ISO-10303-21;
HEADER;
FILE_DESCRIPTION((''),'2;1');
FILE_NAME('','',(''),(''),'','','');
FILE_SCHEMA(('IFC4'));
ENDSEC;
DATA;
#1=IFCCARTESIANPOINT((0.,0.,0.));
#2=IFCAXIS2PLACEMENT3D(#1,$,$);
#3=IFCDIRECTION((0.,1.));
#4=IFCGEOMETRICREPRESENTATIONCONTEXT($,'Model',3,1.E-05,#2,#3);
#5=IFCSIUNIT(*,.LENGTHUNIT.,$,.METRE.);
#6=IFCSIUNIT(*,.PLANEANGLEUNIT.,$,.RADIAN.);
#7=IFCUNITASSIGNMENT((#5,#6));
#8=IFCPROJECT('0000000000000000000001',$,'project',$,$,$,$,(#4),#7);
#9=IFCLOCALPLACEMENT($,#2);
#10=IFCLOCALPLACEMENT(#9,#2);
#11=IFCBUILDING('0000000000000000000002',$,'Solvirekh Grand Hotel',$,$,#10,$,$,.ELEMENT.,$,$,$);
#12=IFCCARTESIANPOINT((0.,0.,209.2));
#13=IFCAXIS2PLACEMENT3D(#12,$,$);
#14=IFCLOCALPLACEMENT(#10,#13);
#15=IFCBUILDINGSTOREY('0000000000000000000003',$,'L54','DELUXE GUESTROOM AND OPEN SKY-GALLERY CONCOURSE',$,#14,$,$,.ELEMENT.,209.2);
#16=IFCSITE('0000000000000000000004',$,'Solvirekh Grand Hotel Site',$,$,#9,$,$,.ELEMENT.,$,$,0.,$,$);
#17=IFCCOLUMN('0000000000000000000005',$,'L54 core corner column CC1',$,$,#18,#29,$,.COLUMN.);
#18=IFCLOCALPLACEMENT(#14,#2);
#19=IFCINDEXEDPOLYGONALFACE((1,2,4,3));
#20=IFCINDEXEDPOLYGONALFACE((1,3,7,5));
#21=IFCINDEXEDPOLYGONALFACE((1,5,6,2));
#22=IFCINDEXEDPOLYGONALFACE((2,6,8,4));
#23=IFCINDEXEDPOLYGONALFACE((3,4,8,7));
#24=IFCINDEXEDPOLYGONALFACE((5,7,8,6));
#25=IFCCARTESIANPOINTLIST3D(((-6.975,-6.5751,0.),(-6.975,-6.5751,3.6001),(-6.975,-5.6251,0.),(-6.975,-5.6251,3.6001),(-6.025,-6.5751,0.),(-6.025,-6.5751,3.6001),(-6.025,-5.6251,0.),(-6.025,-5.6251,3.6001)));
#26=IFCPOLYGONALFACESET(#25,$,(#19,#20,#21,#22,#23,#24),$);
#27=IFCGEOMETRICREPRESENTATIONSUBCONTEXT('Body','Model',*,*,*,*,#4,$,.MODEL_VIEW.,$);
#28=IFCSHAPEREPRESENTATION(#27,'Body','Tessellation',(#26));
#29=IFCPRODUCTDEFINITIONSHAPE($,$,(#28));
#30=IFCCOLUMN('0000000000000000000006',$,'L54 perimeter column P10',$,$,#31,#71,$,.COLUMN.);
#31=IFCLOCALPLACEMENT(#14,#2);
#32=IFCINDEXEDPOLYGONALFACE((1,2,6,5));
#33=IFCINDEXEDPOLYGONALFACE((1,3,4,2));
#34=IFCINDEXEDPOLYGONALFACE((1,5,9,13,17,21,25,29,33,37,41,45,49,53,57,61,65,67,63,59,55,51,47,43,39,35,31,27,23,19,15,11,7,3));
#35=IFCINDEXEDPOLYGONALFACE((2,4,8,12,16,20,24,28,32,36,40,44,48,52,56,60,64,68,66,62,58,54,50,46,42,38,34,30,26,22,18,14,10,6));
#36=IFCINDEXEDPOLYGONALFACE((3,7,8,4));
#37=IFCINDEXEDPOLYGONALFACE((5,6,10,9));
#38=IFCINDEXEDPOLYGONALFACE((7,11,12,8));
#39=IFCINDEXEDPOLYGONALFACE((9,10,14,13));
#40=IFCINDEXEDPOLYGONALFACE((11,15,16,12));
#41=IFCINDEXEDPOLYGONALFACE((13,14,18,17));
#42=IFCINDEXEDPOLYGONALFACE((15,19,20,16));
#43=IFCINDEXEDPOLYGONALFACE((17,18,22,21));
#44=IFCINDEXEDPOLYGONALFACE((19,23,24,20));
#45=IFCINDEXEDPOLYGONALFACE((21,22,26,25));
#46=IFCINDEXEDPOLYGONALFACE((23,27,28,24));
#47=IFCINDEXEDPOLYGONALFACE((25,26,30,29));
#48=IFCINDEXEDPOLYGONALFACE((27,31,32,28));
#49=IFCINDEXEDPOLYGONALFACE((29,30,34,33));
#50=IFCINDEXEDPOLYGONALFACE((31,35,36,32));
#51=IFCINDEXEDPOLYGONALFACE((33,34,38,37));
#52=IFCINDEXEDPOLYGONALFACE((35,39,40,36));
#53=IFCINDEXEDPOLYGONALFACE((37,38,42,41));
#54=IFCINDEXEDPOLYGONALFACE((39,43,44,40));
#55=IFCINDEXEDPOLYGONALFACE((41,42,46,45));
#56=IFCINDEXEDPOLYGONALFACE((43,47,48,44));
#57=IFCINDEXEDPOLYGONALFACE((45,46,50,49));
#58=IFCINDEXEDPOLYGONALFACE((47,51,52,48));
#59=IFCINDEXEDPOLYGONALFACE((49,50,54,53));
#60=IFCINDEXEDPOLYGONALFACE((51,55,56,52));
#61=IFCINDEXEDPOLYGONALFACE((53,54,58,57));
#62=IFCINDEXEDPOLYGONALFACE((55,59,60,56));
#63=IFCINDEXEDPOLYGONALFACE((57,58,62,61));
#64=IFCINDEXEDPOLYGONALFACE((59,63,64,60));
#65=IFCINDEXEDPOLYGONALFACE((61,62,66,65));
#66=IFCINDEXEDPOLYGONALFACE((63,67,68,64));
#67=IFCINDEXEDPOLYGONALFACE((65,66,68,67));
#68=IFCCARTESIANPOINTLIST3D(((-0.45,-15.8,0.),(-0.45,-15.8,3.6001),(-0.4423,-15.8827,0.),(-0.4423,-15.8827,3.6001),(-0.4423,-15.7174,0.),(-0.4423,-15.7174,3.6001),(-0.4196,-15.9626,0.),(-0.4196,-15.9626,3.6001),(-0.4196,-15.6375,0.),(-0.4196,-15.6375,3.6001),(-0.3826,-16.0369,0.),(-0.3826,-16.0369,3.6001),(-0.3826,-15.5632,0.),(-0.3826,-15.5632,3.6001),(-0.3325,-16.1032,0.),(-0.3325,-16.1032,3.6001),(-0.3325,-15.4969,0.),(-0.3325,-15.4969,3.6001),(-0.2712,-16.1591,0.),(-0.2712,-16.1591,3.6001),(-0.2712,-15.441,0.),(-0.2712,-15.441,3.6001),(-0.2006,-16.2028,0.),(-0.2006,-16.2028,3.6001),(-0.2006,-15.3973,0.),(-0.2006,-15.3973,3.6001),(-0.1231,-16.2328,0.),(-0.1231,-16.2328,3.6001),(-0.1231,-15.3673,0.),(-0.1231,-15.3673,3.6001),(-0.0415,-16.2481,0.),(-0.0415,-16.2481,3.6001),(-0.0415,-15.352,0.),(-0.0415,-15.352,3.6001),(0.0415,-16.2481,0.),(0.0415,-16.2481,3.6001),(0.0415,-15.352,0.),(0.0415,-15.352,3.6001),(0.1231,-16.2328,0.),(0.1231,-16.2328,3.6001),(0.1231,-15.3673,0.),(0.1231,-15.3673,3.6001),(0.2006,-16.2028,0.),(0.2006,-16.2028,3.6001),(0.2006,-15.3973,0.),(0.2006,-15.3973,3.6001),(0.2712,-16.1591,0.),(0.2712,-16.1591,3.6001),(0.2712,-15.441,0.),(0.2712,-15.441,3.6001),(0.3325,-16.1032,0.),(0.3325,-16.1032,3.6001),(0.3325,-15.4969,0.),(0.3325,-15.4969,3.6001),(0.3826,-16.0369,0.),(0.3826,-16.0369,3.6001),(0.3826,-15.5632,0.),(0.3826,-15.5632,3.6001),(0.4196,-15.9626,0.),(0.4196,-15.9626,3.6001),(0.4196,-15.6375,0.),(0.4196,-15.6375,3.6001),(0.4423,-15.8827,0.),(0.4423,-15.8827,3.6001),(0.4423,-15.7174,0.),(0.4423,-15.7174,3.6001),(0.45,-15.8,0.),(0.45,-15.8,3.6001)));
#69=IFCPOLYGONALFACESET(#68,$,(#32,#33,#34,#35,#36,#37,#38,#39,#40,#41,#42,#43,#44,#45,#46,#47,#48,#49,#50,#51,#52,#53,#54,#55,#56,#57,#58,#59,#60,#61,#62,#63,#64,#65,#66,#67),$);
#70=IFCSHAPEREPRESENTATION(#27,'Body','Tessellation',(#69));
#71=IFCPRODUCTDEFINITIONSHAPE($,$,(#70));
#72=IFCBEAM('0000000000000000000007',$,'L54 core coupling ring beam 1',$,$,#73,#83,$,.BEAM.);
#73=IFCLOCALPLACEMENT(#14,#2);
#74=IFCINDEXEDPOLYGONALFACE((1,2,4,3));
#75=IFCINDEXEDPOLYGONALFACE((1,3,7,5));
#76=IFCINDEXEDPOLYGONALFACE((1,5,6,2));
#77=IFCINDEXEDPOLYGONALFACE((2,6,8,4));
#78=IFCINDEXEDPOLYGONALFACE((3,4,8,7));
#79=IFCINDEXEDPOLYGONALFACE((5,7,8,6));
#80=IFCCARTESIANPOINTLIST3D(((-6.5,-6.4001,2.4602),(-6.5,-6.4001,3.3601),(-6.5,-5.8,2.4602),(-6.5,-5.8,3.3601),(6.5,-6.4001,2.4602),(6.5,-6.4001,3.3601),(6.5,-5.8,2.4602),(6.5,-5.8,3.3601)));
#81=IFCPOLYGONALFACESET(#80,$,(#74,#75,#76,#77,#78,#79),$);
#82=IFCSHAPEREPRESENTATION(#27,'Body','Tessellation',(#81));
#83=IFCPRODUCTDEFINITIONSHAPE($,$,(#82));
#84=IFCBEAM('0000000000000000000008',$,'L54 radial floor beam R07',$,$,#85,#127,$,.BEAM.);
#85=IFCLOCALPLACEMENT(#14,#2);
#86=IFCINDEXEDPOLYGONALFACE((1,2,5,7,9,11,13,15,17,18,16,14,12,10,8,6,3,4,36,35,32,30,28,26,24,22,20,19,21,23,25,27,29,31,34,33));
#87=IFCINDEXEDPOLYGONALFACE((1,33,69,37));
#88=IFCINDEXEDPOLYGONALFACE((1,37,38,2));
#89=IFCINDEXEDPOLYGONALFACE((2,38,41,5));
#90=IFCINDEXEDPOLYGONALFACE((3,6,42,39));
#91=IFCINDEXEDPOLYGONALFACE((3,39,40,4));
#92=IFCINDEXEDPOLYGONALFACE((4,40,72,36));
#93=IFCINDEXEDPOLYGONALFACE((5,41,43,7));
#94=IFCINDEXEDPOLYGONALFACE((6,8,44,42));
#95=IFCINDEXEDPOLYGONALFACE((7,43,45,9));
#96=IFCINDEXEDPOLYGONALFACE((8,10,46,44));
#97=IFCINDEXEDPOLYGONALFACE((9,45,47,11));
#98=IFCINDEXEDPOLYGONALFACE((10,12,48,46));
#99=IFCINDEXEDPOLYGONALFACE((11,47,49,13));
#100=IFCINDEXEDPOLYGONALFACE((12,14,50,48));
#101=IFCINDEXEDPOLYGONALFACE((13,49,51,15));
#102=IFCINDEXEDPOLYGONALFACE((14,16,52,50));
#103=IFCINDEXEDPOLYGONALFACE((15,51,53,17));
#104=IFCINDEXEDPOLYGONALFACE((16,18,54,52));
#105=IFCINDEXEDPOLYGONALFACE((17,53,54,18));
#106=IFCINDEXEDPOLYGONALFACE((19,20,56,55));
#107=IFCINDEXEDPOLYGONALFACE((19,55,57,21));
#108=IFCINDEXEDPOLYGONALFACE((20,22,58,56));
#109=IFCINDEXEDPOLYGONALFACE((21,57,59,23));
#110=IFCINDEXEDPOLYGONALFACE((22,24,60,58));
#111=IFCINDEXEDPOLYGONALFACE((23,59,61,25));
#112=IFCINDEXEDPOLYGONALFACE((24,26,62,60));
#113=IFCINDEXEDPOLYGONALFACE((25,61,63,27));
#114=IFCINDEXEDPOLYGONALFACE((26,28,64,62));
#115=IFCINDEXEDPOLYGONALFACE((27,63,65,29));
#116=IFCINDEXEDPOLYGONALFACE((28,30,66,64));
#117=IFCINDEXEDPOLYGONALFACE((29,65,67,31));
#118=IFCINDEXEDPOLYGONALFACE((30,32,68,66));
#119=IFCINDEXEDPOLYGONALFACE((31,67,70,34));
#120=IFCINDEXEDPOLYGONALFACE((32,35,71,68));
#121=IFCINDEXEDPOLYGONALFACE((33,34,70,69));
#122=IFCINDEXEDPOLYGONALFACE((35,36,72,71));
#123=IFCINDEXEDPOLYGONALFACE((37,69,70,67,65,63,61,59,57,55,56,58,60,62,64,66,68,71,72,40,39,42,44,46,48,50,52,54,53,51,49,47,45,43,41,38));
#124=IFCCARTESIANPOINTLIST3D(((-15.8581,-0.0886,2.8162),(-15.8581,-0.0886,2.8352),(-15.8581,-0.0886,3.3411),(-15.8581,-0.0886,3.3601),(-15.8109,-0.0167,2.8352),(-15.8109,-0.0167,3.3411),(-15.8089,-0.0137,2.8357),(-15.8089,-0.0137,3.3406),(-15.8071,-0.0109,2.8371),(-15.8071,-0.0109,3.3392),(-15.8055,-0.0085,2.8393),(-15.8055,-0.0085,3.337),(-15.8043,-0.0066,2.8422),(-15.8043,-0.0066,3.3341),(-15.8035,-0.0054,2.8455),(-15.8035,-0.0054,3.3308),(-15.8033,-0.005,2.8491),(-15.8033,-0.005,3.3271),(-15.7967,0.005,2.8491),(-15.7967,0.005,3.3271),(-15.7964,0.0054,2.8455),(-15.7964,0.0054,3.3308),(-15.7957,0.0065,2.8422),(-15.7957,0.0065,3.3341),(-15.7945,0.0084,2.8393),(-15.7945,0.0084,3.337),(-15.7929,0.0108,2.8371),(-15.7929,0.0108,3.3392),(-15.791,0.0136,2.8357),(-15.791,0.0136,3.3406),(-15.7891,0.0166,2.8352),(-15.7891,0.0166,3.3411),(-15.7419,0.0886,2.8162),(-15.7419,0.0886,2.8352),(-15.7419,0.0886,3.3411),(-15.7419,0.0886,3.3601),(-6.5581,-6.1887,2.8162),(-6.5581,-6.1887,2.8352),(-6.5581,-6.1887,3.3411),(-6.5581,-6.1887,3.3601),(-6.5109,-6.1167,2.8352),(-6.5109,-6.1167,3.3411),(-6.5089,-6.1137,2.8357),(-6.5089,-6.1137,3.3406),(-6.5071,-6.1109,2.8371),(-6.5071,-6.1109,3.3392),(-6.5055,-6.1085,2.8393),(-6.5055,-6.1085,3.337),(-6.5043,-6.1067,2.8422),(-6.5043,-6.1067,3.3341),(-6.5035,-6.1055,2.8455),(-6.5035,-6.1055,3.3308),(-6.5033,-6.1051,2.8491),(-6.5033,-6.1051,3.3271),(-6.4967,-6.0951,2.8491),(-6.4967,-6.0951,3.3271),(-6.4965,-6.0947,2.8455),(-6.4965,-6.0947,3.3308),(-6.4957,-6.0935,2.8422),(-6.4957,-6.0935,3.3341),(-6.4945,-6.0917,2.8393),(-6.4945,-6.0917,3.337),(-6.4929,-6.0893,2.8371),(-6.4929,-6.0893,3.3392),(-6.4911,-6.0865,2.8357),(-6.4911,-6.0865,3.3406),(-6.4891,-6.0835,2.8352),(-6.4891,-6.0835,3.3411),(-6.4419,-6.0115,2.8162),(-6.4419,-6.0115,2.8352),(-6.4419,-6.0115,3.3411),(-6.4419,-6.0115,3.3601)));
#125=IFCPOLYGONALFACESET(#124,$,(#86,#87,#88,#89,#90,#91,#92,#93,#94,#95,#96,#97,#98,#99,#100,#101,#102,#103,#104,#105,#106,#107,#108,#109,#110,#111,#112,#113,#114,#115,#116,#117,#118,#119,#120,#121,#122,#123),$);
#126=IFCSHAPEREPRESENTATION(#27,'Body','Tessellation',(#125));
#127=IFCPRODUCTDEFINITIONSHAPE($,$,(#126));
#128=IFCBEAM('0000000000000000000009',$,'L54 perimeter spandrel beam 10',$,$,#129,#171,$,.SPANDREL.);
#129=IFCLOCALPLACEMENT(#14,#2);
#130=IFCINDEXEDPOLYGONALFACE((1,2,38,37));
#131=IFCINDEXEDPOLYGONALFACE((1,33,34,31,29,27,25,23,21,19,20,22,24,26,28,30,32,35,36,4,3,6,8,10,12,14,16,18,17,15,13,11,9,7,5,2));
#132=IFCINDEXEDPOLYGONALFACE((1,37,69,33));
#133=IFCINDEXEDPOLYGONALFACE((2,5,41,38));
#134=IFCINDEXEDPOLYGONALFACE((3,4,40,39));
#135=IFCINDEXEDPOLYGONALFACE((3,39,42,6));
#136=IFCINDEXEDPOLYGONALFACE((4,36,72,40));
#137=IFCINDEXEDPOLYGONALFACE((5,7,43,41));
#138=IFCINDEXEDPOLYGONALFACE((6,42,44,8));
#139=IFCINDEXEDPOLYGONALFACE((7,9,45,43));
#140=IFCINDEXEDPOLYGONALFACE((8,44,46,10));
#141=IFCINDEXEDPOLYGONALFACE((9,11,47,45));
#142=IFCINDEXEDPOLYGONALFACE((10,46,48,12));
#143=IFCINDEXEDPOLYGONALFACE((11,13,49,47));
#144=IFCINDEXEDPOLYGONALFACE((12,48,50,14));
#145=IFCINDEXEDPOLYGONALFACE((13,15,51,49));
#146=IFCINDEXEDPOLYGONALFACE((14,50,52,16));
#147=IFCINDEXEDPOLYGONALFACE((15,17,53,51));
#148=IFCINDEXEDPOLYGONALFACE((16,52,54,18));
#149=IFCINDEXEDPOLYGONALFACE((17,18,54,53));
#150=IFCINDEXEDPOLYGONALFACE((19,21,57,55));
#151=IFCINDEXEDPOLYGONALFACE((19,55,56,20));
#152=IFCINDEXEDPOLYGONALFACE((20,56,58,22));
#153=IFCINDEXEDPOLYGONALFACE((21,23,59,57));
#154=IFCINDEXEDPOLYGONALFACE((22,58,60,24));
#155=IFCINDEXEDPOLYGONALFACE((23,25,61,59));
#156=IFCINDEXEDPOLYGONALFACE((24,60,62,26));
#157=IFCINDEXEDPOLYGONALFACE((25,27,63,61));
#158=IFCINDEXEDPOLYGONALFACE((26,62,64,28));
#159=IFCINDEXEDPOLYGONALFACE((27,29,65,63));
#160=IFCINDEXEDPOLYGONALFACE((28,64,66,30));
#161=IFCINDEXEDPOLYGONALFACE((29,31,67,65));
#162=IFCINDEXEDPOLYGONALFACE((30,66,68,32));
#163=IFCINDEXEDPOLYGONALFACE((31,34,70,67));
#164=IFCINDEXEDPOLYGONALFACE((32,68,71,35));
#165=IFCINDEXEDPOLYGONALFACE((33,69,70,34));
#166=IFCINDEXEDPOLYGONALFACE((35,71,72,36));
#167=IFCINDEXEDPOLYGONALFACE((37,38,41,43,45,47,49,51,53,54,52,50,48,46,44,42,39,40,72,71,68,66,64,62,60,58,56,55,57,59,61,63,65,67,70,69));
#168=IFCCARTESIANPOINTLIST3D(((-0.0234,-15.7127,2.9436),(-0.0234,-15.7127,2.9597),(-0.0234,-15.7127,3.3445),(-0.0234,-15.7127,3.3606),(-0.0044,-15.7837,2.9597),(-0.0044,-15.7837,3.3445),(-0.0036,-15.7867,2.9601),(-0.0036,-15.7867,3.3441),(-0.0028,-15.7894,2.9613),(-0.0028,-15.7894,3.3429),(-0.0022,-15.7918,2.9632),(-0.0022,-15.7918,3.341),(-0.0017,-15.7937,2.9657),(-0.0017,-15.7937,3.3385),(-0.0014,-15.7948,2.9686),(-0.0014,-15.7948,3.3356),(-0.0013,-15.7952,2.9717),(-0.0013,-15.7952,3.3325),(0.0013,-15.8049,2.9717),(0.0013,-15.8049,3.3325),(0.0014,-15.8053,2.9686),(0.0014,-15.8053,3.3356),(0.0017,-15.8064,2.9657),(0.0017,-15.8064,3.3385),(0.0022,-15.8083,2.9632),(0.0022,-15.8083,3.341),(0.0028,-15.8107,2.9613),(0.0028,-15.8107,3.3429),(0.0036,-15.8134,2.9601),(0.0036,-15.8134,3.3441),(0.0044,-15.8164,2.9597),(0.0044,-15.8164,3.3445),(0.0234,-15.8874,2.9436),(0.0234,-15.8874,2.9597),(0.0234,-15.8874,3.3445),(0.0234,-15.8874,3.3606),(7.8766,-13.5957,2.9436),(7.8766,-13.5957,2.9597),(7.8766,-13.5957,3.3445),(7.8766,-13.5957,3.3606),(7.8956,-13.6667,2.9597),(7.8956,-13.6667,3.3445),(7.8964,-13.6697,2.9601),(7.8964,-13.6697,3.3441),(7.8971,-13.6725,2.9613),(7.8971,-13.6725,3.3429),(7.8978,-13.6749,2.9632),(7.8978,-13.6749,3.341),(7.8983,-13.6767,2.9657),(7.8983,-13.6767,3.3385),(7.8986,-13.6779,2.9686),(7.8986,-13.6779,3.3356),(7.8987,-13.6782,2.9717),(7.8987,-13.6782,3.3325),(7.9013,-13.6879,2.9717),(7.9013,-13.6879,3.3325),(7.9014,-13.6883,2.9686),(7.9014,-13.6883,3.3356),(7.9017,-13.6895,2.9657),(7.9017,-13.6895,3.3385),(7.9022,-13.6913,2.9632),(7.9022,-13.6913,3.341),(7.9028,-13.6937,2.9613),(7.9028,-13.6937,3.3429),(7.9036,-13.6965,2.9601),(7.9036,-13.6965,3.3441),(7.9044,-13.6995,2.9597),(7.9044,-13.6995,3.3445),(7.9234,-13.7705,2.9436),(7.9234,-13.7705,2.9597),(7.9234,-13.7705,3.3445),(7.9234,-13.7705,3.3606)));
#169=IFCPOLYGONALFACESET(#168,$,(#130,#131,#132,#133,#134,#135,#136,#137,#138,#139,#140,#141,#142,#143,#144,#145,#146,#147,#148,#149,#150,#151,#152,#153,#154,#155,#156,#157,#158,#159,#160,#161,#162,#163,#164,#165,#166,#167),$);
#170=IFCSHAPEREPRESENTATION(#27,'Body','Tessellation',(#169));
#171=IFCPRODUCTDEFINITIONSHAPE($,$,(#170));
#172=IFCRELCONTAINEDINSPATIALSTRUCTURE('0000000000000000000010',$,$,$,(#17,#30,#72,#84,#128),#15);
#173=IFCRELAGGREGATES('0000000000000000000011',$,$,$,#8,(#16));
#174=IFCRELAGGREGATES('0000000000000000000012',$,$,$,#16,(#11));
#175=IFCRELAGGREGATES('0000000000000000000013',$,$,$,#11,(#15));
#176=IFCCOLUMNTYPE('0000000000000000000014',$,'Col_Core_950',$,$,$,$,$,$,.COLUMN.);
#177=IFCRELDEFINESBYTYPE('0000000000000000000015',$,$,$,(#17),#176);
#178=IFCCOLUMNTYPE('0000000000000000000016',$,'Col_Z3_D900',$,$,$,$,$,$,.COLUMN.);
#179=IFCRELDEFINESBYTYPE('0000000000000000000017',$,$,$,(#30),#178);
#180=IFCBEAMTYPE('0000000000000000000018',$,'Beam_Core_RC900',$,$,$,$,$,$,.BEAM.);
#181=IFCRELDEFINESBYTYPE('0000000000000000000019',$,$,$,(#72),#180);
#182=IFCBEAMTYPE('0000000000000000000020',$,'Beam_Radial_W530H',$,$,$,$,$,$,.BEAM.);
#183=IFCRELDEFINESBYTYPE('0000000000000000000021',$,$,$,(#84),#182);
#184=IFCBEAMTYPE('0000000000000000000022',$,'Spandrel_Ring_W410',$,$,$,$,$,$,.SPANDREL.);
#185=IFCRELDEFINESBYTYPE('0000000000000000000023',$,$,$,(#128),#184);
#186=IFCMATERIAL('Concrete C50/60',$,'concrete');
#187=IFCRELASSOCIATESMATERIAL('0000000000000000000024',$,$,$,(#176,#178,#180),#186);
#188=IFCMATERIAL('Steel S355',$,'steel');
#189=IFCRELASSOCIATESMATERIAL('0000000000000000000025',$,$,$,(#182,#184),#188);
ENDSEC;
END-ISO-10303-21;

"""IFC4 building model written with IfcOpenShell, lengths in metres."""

from ifc_helpers import new_model, si_unit, direction, frame, origin, origin_2d, place, context, subcontext, project, spatial, rectangle, circle, i_section, extrude, material, material_profile, profile_set, type_object, element, save


model = new_model("IFC4")

# Units and contexts
model_context = context("Model", 3, precision=1e-05, world=origin(), true_north=direction((0.0, 1.0)))
body_context = subcontext(model_context, "Body", "Model", "MODEL_VIEW")
ifc_project = project(units=[si_unit("LENGTHUNIT", "METRE"), si_unit("PLANEANGLEUNIT", "RADIAN")], contexts=[model_context])

# Site, building, storey
site_placement = place(None, origin())
site = spatial("IfcSite", under=ifc_project, at=site_placement, Name="Solvirekh Grand Hotel Site", CompositionType="ELEMENT", RefElevation=0.0)
building_placement = place(site_placement, origin())
building = spatial("IfcBuilding", under=site, at=building_placement, Name="Solvirekh Grand Hotel", CompositionType="ELEMENT")
storey_placement = place(building_placement, frame((0.0, 0.0, 209.2)))
storey = spatial("IfcBuildingStorey", under=building, at=storey_placement, Name="L54", Description="DELUXE GUESTROOM AND OPEN SKY-GALLERY CONCOURSE", CompositionType="ELEMENT", Elevation=209.2)

# Columns
ifc_material_1 = material(Name="Concrete C50/60", Category="concrete")
ifc_material_profile_1 = material_profile(ifc_material_1, rectangle(XDim=0.95, YDim=0.95, at=origin_2d()), Name="RC 950X950")
ifc_profile_set_1 = profile_set([ifc_material_profile_1], Name="Concrete C50/60")
column_type_1 = type_object("IfcColumnType", Name="Col_Core_950", PredefinedType="COLUMN", material=ifc_profile_set_1)
column_1_placement = place(storey_placement, frame((-6.5, -6.1001, 0.0), z_axis=(0.0, 0.0, 1.0), x_axis=(1.0, 0.0, 0.0)))
element("IfcColumn", 1, at=column_1_placement, inside=storey, type_object=column_type_1, Name="L54 core corner column CC1", PredefinedType="COLUMN", context=body_context, shape_type="SweptSolid", body=[
    extrude(rectangle(XDim=0.95, YDim=0.95, at=origin_2d()), origin(), (0.0, 0.0, 1.0), 3.6001),
])
ifc_material_profile_2 = material_profile(ifc_material_1, circle(Radius=0.45, at=origin_2d()), Name="RC CIRC D900")
ifc_profile_set_2 = profile_set([ifc_material_profile_2], Name="Concrete C50/60")
column_type_2 = type_object("IfcColumnType", Name="Col_Z3_D900", PredefinedType="COLUMN", material=ifc_profile_set_2)
column_2_placement = place(storey_placement, frame((0.0, -15.8, 0.0), z_axis=(0.0, 0.0, 1.0), x_axis=(1.0, 0.0, 0.0)))
element("IfcColumn", 2, at=column_2_placement, inside=storey, type_object=column_type_2, Name="L54 perimeter column P10", PredefinedType="COLUMN", context=body_context, shape_type="SweptSolid", body=[
    extrude(circle(Radius=0.45, at=origin_2d()), origin(), (0.0, 0.0, 1.0), 3.6001),
])

# Beams
ifc_material_profile_3 = material_profile(ifc_material_1, rectangle(XDim=0.6001, YDim=0.8999, at=origin_2d()), Name="RC BEAM 600X900")
ifc_profile_set_3 = profile_set([ifc_material_profile_3], Name="Concrete C50/60")
beam_type_1 = type_object("IfcBeamType", Name="Beam_Core_RC900", PredefinedType="BEAM", material=ifc_profile_set_3)
beam_1_placement = place(storey_placement, frame((-6.5, -6.1001, 2.9102), z_axis=(1.0, 0.0, 0.0), x_axis=(0.0, 1.0, 0.0)))
element("IfcBeam", 3, at=beam_1_placement, inside=storey, type_object=beam_type_1, Name="L54 core coupling ring beam 1", PredefinedType="BEAM", context=body_context, shape_type="SweptSolid", body=[
    extrude(rectangle(XDim=0.6001, YDim=0.8999, at=origin_2d()), origin(), (0.0, 0.0, 1.0), 13.0),
])
ifc_material_2 = material(Name="Steel S355", Category="steel")
ifc_material_profile_4 = material_profile(ifc_material_2, i_section(OverallWidth=0.2119, OverallDepth=0.5439, WebThickness=0.012, FlangeThickness=0.019, FilletRadius=0.0139, at=origin_2d()), Name="W530X123")
ifc_profile_set_4 = profile_set([ifc_material_profile_4], Name="Steel S355")
beam_type_2 = type_object("IfcBeamType", Name="Beam_Radial_W530H", PredefinedType="BEAM", material=ifc_profile_set_4)
beam_2_placement = place(storey_placement, frame((-6.5, -6.1001, 3.0881), z_axis=(-0.836174, 0.548464, 0.0), x_axis=(-0.548464, -0.836174, 0.0)))
element("IfcBeam", 4, at=beam_2_placement, inside=storey, type_object=beam_type_2, Name="L54 radial floor beam R07", PredefinedType="BEAM", context=body_context, shape_type="SweptSolid", body=[
    extrude(i_section(OverallWidth=0.2119, OverallDepth=0.5439, WebThickness=0.012, FlangeThickness=0.019, FilletRadius=0.0139, at=origin_2d()), origin(), (0.0, 0.0, 1.0), 11.1221),
])
ifc_material_profile_5 = material_profile(ifc_material_2, i_section(OverallWidth=0.1809, OverallDepth=0.417, WebThickness=0.01, FlangeThickness=0.0161, FilletRadius=0.012, at=origin_2d()), Name="W410X85")
ifc_profile_set_5 = profile_set([ifc_material_profile_5], Name="Steel S355")
beam_type_3 = type_object("IfcBeamType", Name="Spandrel_Ring_W410", PredefinedType="SPANDREL", material=ifc_profile_set_5)
beam_3_placement = place(storey_placement, frame((0.0, -15.8, 3.1521), z_axis=(0.965921, 0.258839, 0.0), x_axis=(-0.258839, 0.965921, 0.0)))
element("IfcBeam", 5, at=beam_3_placement, inside=storey, type_object=beam_type_3, Name="L54 perimeter spandrel beam 10", PredefinedType="SPANDREL", context=body_context, shape_type="SweptSolid", body=[
    extrude(i_section(OverallWidth=0.1809, OverallDepth=0.417, WebThickness=0.01, FlangeThickness=0.0161, FilletRadius=0.012, at=origin_2d()), origin(), (0.0, 0.0, 1.0), 8.1787),
])

save(model, "model.ifc")
